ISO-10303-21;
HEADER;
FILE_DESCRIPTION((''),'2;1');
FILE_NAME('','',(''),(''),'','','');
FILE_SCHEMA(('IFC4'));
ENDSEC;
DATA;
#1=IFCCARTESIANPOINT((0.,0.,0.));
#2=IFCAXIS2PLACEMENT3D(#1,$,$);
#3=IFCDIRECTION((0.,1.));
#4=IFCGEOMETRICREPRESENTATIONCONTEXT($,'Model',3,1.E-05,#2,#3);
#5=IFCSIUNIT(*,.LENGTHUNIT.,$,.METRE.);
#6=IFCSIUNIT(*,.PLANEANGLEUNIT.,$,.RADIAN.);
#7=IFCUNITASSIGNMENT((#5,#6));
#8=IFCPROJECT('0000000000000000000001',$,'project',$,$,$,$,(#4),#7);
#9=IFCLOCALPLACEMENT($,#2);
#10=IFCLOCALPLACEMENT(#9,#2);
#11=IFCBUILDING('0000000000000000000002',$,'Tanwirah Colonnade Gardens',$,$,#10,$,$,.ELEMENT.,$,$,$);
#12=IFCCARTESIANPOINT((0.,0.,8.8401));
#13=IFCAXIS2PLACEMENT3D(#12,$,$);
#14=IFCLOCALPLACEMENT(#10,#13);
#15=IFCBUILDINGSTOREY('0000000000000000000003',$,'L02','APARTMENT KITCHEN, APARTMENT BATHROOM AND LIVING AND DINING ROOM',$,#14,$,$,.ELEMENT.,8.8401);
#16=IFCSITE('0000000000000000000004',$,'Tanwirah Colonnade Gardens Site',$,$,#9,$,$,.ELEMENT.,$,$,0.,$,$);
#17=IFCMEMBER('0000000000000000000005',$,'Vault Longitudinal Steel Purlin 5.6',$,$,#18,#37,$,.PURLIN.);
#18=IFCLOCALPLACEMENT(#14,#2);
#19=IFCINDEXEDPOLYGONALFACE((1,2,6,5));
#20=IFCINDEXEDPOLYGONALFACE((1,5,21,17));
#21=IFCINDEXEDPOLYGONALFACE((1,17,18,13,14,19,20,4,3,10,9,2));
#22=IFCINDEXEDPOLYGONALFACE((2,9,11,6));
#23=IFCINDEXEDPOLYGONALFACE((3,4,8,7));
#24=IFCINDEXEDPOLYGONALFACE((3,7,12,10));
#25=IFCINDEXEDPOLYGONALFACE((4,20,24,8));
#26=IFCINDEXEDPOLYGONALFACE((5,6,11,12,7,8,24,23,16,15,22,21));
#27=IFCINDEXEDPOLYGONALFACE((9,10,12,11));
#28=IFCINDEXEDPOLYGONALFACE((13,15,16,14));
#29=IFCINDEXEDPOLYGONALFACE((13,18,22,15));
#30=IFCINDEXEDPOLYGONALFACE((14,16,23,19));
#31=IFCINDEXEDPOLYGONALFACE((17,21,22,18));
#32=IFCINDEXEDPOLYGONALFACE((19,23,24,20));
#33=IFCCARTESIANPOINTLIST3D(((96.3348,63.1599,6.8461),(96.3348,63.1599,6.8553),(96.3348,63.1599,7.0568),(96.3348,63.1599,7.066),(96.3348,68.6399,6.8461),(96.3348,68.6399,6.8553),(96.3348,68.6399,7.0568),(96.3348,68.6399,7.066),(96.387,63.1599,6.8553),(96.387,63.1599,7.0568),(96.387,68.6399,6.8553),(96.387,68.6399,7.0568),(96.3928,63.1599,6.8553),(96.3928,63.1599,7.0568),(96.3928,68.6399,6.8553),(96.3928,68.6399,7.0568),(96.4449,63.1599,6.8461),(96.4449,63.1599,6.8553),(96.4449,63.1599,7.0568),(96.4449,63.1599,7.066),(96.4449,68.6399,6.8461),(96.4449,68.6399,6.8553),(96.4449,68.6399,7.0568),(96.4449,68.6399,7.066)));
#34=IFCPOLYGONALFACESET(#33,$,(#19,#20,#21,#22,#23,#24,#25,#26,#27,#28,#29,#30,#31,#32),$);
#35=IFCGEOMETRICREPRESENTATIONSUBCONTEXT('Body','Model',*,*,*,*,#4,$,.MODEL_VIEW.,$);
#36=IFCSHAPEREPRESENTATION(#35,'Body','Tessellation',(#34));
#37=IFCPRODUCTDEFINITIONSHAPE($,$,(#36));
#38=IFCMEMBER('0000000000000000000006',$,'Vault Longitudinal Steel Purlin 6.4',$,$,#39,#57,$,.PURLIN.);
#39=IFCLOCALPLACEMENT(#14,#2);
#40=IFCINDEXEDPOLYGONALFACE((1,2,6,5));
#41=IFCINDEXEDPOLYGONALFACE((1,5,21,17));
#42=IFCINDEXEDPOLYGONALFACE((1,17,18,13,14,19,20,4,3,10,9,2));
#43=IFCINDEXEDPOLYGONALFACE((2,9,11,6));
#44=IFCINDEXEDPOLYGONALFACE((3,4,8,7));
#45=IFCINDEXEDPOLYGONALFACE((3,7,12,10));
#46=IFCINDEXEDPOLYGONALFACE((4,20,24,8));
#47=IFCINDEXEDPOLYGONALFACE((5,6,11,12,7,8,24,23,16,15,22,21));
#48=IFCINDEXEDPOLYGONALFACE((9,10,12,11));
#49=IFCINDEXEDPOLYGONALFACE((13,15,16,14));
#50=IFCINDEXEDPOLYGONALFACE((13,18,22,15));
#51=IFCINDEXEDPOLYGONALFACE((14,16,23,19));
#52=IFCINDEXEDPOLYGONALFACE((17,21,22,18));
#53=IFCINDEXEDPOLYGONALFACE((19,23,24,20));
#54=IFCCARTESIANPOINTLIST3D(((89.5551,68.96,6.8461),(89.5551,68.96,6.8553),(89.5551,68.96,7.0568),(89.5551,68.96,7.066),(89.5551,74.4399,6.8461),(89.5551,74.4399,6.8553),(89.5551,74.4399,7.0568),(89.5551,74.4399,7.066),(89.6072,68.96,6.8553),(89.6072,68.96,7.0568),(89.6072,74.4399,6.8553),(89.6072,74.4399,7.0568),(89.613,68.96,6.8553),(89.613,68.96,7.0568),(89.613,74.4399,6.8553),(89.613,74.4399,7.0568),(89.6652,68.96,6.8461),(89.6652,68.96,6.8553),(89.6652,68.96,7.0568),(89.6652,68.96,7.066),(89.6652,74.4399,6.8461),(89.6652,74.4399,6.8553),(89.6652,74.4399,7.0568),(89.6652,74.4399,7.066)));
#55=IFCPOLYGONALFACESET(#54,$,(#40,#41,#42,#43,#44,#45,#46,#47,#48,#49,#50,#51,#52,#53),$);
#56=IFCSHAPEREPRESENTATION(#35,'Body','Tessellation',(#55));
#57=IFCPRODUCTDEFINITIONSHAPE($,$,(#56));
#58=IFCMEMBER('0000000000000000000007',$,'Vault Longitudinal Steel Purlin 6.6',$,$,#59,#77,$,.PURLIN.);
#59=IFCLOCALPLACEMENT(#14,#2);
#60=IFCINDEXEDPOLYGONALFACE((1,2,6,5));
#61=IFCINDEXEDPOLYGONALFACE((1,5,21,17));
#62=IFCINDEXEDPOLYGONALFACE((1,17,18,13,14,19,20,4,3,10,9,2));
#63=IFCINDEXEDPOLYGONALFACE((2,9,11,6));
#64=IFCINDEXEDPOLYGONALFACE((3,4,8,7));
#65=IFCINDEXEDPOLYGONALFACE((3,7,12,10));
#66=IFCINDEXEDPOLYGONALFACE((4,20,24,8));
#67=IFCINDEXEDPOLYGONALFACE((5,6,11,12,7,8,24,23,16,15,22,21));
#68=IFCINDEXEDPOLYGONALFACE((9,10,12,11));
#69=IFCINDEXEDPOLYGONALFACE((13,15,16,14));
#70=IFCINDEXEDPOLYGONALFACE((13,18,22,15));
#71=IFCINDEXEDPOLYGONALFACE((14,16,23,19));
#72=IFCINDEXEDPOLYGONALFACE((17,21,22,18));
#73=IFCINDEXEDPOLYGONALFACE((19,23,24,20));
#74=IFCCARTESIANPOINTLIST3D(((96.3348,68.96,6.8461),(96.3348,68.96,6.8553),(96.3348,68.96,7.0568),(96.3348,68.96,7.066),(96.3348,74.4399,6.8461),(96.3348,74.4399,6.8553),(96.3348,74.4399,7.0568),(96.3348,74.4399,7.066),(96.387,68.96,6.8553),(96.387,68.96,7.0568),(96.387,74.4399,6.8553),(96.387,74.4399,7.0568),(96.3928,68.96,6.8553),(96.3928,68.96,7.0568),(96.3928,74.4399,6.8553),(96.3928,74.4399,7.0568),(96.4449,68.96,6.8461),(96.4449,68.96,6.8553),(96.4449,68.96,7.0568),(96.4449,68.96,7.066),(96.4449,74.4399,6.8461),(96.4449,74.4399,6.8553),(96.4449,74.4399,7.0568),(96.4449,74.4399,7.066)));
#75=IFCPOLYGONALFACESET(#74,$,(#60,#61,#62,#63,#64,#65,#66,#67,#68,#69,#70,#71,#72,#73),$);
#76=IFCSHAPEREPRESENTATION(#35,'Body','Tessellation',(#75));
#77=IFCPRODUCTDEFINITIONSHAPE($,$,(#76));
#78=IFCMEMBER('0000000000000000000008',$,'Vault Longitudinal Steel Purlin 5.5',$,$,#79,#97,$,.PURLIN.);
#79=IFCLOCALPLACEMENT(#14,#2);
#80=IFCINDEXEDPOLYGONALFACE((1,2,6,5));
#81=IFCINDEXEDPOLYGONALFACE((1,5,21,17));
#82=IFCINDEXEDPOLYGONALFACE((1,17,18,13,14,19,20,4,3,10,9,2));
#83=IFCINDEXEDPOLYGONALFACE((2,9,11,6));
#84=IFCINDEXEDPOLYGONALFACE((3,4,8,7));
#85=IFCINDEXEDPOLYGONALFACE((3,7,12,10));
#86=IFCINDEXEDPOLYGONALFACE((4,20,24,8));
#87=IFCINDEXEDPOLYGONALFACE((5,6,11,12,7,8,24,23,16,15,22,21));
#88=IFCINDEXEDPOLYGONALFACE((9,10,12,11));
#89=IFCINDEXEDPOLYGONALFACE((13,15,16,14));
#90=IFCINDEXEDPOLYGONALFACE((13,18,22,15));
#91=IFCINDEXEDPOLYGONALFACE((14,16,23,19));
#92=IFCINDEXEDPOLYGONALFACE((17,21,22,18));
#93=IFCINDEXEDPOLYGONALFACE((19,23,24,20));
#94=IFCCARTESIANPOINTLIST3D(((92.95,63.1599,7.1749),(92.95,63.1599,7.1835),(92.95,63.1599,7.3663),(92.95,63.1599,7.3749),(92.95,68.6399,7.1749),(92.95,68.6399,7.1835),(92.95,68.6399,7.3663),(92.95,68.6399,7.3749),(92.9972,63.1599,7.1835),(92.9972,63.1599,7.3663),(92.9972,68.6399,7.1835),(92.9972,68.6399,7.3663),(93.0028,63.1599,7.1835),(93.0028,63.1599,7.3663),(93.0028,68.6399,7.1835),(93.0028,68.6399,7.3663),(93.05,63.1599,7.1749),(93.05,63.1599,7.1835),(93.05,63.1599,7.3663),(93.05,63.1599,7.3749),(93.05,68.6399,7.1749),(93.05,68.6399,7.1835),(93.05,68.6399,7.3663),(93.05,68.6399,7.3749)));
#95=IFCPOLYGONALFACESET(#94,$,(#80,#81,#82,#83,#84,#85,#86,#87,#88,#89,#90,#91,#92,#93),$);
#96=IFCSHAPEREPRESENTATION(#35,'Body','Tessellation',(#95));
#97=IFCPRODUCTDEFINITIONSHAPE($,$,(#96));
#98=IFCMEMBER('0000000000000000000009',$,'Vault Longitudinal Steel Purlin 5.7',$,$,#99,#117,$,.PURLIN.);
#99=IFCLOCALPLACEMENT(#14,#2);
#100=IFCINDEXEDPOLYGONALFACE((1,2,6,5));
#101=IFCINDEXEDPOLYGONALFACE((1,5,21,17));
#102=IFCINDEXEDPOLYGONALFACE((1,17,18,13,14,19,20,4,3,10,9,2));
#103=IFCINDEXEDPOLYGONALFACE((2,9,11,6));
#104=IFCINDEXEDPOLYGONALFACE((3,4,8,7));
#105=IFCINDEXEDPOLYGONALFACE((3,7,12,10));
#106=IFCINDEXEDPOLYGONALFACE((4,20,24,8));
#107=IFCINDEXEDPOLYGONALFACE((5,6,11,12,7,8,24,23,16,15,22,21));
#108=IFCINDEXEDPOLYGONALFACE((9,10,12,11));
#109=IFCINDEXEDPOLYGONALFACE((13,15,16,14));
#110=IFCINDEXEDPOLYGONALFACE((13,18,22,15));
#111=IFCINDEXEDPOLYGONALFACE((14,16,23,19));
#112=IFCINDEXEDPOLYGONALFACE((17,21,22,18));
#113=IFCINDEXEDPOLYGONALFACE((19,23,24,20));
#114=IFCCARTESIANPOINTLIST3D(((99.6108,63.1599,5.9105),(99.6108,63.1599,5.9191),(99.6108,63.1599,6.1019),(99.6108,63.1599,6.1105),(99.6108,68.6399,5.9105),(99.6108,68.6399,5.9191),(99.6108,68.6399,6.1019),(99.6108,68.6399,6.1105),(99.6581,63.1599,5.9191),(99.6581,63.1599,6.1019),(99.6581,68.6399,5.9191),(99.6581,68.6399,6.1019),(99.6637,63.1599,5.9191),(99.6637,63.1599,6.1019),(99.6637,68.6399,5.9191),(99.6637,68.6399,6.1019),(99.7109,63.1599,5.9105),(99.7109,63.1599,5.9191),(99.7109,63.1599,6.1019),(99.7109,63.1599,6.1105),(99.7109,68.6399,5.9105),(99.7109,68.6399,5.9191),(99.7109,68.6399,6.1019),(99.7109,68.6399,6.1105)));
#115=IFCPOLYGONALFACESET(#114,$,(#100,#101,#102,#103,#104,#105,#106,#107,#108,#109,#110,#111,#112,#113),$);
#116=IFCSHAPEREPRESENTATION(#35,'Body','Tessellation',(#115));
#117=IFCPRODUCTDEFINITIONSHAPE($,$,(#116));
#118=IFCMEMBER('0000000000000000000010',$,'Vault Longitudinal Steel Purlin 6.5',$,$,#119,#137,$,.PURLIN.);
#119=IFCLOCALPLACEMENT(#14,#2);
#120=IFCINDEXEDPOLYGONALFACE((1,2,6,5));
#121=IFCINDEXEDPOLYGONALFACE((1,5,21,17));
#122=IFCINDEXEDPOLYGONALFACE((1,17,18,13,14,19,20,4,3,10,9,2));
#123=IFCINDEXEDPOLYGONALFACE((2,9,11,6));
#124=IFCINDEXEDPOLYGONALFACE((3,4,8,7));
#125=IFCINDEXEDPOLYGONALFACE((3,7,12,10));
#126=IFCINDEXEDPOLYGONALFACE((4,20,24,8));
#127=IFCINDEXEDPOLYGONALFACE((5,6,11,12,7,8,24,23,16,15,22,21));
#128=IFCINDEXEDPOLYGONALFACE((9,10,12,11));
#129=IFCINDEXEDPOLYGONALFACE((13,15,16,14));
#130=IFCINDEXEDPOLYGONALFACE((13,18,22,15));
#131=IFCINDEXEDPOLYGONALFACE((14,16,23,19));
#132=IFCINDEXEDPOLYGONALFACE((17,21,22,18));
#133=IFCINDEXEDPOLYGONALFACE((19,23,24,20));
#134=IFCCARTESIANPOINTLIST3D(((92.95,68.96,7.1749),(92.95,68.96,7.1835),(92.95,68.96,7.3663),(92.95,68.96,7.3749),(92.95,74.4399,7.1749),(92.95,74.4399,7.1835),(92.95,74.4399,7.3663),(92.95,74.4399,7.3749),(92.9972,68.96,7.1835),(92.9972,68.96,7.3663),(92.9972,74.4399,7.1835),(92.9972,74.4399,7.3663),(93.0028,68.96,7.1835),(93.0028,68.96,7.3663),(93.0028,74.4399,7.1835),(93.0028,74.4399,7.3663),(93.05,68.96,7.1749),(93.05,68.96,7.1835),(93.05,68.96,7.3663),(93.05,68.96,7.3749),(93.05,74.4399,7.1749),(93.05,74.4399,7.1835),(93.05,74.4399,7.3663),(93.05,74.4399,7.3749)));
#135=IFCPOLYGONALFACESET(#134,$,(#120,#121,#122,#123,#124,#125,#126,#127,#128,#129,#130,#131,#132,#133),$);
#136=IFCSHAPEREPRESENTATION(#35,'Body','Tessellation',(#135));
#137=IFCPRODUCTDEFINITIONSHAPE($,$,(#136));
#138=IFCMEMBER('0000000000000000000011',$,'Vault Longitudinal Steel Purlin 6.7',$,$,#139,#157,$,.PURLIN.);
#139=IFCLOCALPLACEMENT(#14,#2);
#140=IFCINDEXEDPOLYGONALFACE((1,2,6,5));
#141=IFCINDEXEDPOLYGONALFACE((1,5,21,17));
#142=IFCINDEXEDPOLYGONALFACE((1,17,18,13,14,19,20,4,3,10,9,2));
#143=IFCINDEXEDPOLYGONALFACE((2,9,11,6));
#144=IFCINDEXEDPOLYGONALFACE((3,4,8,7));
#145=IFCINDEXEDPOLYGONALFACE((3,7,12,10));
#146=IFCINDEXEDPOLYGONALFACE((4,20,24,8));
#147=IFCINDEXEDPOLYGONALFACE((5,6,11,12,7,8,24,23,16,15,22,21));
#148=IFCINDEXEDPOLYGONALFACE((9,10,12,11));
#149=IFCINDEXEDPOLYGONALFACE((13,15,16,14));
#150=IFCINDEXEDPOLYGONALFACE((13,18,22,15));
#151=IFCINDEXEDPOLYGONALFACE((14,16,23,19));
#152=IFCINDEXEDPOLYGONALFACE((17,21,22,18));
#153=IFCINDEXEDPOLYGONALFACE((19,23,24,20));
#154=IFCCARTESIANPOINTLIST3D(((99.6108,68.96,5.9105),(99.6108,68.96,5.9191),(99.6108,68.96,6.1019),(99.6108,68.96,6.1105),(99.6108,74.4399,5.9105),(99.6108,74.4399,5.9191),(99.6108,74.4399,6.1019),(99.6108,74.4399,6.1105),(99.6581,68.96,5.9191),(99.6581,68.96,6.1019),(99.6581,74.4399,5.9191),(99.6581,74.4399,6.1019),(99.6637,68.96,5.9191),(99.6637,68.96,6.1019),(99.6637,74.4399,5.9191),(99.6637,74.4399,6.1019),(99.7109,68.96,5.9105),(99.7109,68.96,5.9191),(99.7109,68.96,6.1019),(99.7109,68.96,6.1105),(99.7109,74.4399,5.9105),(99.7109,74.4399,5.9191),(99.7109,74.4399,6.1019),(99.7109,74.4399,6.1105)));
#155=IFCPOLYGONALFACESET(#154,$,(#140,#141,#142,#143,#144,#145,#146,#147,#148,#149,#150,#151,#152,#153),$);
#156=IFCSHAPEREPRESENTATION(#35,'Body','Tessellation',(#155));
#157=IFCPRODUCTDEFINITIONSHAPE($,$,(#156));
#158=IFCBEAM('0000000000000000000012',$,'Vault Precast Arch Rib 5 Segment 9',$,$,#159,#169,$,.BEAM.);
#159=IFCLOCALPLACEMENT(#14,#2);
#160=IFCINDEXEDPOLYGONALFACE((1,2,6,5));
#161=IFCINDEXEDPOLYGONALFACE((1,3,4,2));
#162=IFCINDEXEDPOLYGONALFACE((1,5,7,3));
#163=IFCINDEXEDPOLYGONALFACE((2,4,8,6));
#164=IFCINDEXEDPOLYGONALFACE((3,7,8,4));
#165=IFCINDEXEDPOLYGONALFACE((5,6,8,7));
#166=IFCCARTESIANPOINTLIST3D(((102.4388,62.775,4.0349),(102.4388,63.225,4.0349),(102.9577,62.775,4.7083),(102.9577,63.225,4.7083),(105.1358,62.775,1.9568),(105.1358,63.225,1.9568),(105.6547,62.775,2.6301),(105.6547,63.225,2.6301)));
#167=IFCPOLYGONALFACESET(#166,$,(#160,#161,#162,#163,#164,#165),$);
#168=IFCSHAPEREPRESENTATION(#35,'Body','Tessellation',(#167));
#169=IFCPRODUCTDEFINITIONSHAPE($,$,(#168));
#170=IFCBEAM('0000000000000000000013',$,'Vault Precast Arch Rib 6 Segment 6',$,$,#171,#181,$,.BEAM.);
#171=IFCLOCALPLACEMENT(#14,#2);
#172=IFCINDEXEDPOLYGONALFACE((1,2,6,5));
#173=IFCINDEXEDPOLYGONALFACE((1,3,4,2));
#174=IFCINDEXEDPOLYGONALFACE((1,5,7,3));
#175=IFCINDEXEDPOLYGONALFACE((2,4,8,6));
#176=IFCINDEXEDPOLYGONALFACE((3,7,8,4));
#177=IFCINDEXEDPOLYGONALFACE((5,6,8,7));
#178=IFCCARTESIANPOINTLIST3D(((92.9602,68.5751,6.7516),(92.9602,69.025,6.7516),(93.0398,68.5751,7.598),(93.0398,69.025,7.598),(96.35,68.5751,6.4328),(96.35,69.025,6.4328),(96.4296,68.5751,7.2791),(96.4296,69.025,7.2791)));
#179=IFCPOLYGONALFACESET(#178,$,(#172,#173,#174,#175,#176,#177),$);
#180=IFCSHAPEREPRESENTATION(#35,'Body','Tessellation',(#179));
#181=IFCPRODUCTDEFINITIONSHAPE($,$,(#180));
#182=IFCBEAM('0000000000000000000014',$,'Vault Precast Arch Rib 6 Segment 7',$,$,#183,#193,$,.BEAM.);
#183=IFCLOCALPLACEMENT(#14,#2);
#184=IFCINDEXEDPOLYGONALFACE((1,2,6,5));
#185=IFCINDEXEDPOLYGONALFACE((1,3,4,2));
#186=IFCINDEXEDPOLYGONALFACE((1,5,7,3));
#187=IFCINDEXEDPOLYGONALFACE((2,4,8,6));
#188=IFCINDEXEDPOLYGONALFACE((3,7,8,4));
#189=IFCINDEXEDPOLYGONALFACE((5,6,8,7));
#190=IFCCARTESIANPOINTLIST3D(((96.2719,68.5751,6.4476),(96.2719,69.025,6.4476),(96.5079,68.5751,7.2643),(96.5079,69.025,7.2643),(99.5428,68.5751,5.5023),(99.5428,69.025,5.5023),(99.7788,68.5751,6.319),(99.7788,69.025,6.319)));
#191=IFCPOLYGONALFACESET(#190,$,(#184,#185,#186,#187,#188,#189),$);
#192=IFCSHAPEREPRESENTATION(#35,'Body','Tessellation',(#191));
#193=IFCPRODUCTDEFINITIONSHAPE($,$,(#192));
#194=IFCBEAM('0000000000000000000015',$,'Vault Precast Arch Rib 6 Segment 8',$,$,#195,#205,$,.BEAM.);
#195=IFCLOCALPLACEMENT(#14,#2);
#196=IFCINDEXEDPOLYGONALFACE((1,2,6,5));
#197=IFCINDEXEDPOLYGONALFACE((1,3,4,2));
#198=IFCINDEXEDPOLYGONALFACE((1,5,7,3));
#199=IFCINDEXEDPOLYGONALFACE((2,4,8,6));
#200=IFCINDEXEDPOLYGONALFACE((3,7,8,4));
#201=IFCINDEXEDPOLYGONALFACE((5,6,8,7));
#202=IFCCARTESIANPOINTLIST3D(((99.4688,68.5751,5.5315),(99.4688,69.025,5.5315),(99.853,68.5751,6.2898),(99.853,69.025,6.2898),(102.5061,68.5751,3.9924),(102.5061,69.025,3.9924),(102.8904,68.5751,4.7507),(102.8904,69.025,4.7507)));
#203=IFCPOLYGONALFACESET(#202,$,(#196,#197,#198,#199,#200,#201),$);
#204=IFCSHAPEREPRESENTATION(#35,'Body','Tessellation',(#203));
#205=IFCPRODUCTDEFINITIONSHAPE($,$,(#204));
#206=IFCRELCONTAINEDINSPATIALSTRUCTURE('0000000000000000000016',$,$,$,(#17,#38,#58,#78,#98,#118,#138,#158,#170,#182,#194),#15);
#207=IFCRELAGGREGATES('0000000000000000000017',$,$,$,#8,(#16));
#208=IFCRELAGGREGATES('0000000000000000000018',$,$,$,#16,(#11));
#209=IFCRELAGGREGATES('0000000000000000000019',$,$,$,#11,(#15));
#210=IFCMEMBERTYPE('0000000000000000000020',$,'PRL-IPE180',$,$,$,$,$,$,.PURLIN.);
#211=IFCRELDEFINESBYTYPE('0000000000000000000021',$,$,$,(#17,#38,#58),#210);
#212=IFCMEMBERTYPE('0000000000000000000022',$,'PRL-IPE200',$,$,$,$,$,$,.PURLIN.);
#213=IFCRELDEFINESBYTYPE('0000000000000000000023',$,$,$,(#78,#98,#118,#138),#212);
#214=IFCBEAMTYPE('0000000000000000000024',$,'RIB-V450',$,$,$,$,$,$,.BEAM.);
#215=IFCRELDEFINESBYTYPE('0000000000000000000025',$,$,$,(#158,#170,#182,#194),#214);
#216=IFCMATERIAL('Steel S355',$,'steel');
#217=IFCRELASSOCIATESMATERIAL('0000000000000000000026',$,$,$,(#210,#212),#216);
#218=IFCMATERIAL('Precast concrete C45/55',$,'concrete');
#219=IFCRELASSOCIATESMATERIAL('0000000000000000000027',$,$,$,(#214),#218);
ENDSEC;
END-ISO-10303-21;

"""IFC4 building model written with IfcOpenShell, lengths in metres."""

from ifc_helpers import new_model, si_unit, direction, frame, origin, origin_2d, place, context, subcontext, project, spatial, rectangle, i_section, extrude, material, material_profile, profile_set, type_object, element, save


model = new_model("IFC4")

# Units and contexts
model_context = context("Model", 3, precision=1e-05, world=origin(), true_north=direction((0.0, 1.0)))
body_context = subcontext(model_context, "Body", "Model", "MODEL_VIEW")
ifc_project = project(units=[si_unit("LENGTHUNIT", "METRE"), si_unit("PLANEANGLEUNIT", "RADIAN")], contexts=[model_context])

# Site, building, storey
site_placement = place(None, origin())
site = spatial("IfcSite", under=ifc_project, at=site_placement, Name="Tanwirah Colonnade Gardens Site", CompositionType="ELEMENT", RefElevation=0.0)
building_placement = place(site_placement, origin())
building = spatial("IfcBuilding", under=site, at=building_placement, Name="Tanwirah Colonnade Gardens", CompositionType="ELEMENT")
storey_placement = place(building_placement, frame((0.0, 0.0, 8.8401)))
storey = spatial("IfcBuildingStorey", under=building, at=storey_placement, Name="L02", Description="APARTMENT KITCHEN, APARTMENT BATHROOM AND LIVING AND DINING ROOM", CompositionType="ELEMENT", Elevation=8.8401)

# Members
ifc_material_1 = material(Name="Steel S355", Category="steel")
ifc_material_profile_1 = material_profile(ifc_material_1, i_section(OverallWidth=0.1101, OverallDepth=0.22, WebThickness=0.0059, FlangeThickness=0.0093, at=origin_2d()), Name="IPE 220")
ifc_profile_set_1 = profile_set([ifc_material_profile_1], Name="Steel S355")
member_type_1 = type_object("IfcMemberType", Name="PRL-IPE180", PredefinedType="PURLIN", material=ifc_profile_set_1)
for number, where, z_axis, x_axis, name in (
    (1, (96.3899, 63.1599, 6.9561), (0.0, 1.0, 0.0), (-1.0, 0.0, 0.0), "Vault Longitudinal Steel Purlin 5.6"),
    (2, (89.6101, 68.96, 6.9561), (0.0, 1.0, 0.0), (-1.0, 0.0, 0.0), "Vault Longitudinal Steel Purlin 6.4"),
    (3, (96.3899, 68.96, 6.9561), (0.0, 1.0, 0.0), (-1.0, 0.0, 0.0), "Vault Longitudinal Steel Purlin 6.6"),
):
    element("IfcMember", number, at=place(storey_placement, frame(where, z_axis=z_axis, x_axis=x_axis)), inside=storey, type_object=member_type_1, Name=name, PredefinedType="PURLIN", context=body_context, shape_type="SweptSolid", body=[
        extrude(i_section(OverallWidth=0.1101, OverallDepth=0.22, WebThickness=0.0059, FlangeThickness=0.0093, at=origin_2d()), origin(), (0.0, 0.0, 1.0), 5.48),
    ])
ifc_material_profile_2 = material_profile(ifc_material_1, i_section(OverallWidth=0.1001, OverallDepth=0.2, WebThickness=0.0056, FlangeThickness=0.0085, at=origin_2d()), Name="IPE 200")
ifc_profile_set_2 = profile_set([ifc_material_profile_2], Name="Steel S355")
member_type_2 = type_object("IfcMemberType", Name="PRL-IPE200", PredefinedType="PURLIN", material=ifc_profile_set_2)
for number, where, z_axis, x_axis, name in (
    (4, (93.0, 63.1599, 7.2749), (0.0, 1.0, 0.0), (-1.0, 0.0, 0.0), "Vault Longitudinal Steel Purlin 5.5"),
    (5, (99.6609, 63.1599, 6.0105), (0.0, 1.0, 0.0), (-1.0, 0.0, 0.0), "Vault Longitudinal Steel Purlin 5.7"),
    (6, (93.0, 68.96, 7.2749), (0.0, 1.0, 0.0), (-1.0, 0.0, 0.0), "Vault Longitudinal Steel Purlin 6.5"),
    (7, (99.6609, 68.96, 6.0105), (0.0, 1.0, 0.0), (-1.0, 0.0, 0.0), "Vault Longitudinal Steel Purlin 6.7"),
):
    element("IfcMember", number, at=place(storey_placement, frame(where, z_axis=z_axis, x_axis=x_axis)), inside=storey, type_object=member_type_2, Name=name, PredefinedType="PURLIN", context=body_context, shape_type="SweptSolid", body=[
        extrude(i_section(OverallWidth=0.1001, OverallDepth=0.2, WebThickness=0.0056, FlangeThickness=0.0085, at=origin_2d()), origin(), (0.0, 0.0, 1.0), 5.48),
    ])

# Beams
ifc_material_2 = material(Name="Precast concrete C45/55", Category="concrete")
ifc_material_profile_3 = material_profile(ifc_material_2, rectangle(XDim=0.45, YDim=0.8501, at=origin_2d()), Name="PC-RIB 450x850")
ifc_profile_set_3 = profile_set([ifc_material_profile_3], Name="Precast concrete C45/55")
beam_type = type_object("IfcBeamType", Name="RIB-V450", PredefinedType="BEAM", material=ifc_profile_set_3)
for number, where, z_axis, x_axis, name in (
    (8, (102.6982, 63.0, 4.3716), (0.792128, 0.0, -0.610355), (0.0, 1.0, 0.0), "Vault Precast Arch Rib 5 Segment 9"),
    (9, (93.0, 68.8, 7.1748), (0.995606, 0.0, -0.093645), (0.0, 1.0, 0.0), "Vault Precast Arch Rib 6 Segment 6"),
    (10, (96.3899, 68.8, 6.856), (0.960686, 0.0, -0.277637), (0.0, 1.0, 0.0), "Vault Precast Arch Rib 6 Segment 7"),
):
    element("IfcBeam", number, at=place(storey_placement, frame(where, z_axis=z_axis, x_axis=x_axis)), inside=storey, type_object=beam_type, Name=name, PredefinedType="BEAM", context=body_context, shape_type="SweptSolid", body=[
        extrude(rectangle(XDim=0.45, YDim=0.8501, at=origin_2d()), origin(), (0.0, 0.0, 1.0), 3.4048),
    ])
beam_placement = place(storey_placement, frame((99.6609, 68.8, 5.9106), z_axis=(0.89202, 0.0, -0.451997), x_axis=(0.0, 1.0, 0.0)))
element("IfcBeam", 11, at=beam_placement, inside=storey, type_object=beam_type, Name="Vault Precast Arch Rib 6 Segment 8", PredefinedType="BEAM", context=body_context, shape_type="SweptSolid", body=[
    extrude(rectangle(XDim=0.45, YDim=0.8501, at=origin_2d()), origin(), (0.0, 0.0, 1.0), 3.405),
])

save(model, "model.ifc")
